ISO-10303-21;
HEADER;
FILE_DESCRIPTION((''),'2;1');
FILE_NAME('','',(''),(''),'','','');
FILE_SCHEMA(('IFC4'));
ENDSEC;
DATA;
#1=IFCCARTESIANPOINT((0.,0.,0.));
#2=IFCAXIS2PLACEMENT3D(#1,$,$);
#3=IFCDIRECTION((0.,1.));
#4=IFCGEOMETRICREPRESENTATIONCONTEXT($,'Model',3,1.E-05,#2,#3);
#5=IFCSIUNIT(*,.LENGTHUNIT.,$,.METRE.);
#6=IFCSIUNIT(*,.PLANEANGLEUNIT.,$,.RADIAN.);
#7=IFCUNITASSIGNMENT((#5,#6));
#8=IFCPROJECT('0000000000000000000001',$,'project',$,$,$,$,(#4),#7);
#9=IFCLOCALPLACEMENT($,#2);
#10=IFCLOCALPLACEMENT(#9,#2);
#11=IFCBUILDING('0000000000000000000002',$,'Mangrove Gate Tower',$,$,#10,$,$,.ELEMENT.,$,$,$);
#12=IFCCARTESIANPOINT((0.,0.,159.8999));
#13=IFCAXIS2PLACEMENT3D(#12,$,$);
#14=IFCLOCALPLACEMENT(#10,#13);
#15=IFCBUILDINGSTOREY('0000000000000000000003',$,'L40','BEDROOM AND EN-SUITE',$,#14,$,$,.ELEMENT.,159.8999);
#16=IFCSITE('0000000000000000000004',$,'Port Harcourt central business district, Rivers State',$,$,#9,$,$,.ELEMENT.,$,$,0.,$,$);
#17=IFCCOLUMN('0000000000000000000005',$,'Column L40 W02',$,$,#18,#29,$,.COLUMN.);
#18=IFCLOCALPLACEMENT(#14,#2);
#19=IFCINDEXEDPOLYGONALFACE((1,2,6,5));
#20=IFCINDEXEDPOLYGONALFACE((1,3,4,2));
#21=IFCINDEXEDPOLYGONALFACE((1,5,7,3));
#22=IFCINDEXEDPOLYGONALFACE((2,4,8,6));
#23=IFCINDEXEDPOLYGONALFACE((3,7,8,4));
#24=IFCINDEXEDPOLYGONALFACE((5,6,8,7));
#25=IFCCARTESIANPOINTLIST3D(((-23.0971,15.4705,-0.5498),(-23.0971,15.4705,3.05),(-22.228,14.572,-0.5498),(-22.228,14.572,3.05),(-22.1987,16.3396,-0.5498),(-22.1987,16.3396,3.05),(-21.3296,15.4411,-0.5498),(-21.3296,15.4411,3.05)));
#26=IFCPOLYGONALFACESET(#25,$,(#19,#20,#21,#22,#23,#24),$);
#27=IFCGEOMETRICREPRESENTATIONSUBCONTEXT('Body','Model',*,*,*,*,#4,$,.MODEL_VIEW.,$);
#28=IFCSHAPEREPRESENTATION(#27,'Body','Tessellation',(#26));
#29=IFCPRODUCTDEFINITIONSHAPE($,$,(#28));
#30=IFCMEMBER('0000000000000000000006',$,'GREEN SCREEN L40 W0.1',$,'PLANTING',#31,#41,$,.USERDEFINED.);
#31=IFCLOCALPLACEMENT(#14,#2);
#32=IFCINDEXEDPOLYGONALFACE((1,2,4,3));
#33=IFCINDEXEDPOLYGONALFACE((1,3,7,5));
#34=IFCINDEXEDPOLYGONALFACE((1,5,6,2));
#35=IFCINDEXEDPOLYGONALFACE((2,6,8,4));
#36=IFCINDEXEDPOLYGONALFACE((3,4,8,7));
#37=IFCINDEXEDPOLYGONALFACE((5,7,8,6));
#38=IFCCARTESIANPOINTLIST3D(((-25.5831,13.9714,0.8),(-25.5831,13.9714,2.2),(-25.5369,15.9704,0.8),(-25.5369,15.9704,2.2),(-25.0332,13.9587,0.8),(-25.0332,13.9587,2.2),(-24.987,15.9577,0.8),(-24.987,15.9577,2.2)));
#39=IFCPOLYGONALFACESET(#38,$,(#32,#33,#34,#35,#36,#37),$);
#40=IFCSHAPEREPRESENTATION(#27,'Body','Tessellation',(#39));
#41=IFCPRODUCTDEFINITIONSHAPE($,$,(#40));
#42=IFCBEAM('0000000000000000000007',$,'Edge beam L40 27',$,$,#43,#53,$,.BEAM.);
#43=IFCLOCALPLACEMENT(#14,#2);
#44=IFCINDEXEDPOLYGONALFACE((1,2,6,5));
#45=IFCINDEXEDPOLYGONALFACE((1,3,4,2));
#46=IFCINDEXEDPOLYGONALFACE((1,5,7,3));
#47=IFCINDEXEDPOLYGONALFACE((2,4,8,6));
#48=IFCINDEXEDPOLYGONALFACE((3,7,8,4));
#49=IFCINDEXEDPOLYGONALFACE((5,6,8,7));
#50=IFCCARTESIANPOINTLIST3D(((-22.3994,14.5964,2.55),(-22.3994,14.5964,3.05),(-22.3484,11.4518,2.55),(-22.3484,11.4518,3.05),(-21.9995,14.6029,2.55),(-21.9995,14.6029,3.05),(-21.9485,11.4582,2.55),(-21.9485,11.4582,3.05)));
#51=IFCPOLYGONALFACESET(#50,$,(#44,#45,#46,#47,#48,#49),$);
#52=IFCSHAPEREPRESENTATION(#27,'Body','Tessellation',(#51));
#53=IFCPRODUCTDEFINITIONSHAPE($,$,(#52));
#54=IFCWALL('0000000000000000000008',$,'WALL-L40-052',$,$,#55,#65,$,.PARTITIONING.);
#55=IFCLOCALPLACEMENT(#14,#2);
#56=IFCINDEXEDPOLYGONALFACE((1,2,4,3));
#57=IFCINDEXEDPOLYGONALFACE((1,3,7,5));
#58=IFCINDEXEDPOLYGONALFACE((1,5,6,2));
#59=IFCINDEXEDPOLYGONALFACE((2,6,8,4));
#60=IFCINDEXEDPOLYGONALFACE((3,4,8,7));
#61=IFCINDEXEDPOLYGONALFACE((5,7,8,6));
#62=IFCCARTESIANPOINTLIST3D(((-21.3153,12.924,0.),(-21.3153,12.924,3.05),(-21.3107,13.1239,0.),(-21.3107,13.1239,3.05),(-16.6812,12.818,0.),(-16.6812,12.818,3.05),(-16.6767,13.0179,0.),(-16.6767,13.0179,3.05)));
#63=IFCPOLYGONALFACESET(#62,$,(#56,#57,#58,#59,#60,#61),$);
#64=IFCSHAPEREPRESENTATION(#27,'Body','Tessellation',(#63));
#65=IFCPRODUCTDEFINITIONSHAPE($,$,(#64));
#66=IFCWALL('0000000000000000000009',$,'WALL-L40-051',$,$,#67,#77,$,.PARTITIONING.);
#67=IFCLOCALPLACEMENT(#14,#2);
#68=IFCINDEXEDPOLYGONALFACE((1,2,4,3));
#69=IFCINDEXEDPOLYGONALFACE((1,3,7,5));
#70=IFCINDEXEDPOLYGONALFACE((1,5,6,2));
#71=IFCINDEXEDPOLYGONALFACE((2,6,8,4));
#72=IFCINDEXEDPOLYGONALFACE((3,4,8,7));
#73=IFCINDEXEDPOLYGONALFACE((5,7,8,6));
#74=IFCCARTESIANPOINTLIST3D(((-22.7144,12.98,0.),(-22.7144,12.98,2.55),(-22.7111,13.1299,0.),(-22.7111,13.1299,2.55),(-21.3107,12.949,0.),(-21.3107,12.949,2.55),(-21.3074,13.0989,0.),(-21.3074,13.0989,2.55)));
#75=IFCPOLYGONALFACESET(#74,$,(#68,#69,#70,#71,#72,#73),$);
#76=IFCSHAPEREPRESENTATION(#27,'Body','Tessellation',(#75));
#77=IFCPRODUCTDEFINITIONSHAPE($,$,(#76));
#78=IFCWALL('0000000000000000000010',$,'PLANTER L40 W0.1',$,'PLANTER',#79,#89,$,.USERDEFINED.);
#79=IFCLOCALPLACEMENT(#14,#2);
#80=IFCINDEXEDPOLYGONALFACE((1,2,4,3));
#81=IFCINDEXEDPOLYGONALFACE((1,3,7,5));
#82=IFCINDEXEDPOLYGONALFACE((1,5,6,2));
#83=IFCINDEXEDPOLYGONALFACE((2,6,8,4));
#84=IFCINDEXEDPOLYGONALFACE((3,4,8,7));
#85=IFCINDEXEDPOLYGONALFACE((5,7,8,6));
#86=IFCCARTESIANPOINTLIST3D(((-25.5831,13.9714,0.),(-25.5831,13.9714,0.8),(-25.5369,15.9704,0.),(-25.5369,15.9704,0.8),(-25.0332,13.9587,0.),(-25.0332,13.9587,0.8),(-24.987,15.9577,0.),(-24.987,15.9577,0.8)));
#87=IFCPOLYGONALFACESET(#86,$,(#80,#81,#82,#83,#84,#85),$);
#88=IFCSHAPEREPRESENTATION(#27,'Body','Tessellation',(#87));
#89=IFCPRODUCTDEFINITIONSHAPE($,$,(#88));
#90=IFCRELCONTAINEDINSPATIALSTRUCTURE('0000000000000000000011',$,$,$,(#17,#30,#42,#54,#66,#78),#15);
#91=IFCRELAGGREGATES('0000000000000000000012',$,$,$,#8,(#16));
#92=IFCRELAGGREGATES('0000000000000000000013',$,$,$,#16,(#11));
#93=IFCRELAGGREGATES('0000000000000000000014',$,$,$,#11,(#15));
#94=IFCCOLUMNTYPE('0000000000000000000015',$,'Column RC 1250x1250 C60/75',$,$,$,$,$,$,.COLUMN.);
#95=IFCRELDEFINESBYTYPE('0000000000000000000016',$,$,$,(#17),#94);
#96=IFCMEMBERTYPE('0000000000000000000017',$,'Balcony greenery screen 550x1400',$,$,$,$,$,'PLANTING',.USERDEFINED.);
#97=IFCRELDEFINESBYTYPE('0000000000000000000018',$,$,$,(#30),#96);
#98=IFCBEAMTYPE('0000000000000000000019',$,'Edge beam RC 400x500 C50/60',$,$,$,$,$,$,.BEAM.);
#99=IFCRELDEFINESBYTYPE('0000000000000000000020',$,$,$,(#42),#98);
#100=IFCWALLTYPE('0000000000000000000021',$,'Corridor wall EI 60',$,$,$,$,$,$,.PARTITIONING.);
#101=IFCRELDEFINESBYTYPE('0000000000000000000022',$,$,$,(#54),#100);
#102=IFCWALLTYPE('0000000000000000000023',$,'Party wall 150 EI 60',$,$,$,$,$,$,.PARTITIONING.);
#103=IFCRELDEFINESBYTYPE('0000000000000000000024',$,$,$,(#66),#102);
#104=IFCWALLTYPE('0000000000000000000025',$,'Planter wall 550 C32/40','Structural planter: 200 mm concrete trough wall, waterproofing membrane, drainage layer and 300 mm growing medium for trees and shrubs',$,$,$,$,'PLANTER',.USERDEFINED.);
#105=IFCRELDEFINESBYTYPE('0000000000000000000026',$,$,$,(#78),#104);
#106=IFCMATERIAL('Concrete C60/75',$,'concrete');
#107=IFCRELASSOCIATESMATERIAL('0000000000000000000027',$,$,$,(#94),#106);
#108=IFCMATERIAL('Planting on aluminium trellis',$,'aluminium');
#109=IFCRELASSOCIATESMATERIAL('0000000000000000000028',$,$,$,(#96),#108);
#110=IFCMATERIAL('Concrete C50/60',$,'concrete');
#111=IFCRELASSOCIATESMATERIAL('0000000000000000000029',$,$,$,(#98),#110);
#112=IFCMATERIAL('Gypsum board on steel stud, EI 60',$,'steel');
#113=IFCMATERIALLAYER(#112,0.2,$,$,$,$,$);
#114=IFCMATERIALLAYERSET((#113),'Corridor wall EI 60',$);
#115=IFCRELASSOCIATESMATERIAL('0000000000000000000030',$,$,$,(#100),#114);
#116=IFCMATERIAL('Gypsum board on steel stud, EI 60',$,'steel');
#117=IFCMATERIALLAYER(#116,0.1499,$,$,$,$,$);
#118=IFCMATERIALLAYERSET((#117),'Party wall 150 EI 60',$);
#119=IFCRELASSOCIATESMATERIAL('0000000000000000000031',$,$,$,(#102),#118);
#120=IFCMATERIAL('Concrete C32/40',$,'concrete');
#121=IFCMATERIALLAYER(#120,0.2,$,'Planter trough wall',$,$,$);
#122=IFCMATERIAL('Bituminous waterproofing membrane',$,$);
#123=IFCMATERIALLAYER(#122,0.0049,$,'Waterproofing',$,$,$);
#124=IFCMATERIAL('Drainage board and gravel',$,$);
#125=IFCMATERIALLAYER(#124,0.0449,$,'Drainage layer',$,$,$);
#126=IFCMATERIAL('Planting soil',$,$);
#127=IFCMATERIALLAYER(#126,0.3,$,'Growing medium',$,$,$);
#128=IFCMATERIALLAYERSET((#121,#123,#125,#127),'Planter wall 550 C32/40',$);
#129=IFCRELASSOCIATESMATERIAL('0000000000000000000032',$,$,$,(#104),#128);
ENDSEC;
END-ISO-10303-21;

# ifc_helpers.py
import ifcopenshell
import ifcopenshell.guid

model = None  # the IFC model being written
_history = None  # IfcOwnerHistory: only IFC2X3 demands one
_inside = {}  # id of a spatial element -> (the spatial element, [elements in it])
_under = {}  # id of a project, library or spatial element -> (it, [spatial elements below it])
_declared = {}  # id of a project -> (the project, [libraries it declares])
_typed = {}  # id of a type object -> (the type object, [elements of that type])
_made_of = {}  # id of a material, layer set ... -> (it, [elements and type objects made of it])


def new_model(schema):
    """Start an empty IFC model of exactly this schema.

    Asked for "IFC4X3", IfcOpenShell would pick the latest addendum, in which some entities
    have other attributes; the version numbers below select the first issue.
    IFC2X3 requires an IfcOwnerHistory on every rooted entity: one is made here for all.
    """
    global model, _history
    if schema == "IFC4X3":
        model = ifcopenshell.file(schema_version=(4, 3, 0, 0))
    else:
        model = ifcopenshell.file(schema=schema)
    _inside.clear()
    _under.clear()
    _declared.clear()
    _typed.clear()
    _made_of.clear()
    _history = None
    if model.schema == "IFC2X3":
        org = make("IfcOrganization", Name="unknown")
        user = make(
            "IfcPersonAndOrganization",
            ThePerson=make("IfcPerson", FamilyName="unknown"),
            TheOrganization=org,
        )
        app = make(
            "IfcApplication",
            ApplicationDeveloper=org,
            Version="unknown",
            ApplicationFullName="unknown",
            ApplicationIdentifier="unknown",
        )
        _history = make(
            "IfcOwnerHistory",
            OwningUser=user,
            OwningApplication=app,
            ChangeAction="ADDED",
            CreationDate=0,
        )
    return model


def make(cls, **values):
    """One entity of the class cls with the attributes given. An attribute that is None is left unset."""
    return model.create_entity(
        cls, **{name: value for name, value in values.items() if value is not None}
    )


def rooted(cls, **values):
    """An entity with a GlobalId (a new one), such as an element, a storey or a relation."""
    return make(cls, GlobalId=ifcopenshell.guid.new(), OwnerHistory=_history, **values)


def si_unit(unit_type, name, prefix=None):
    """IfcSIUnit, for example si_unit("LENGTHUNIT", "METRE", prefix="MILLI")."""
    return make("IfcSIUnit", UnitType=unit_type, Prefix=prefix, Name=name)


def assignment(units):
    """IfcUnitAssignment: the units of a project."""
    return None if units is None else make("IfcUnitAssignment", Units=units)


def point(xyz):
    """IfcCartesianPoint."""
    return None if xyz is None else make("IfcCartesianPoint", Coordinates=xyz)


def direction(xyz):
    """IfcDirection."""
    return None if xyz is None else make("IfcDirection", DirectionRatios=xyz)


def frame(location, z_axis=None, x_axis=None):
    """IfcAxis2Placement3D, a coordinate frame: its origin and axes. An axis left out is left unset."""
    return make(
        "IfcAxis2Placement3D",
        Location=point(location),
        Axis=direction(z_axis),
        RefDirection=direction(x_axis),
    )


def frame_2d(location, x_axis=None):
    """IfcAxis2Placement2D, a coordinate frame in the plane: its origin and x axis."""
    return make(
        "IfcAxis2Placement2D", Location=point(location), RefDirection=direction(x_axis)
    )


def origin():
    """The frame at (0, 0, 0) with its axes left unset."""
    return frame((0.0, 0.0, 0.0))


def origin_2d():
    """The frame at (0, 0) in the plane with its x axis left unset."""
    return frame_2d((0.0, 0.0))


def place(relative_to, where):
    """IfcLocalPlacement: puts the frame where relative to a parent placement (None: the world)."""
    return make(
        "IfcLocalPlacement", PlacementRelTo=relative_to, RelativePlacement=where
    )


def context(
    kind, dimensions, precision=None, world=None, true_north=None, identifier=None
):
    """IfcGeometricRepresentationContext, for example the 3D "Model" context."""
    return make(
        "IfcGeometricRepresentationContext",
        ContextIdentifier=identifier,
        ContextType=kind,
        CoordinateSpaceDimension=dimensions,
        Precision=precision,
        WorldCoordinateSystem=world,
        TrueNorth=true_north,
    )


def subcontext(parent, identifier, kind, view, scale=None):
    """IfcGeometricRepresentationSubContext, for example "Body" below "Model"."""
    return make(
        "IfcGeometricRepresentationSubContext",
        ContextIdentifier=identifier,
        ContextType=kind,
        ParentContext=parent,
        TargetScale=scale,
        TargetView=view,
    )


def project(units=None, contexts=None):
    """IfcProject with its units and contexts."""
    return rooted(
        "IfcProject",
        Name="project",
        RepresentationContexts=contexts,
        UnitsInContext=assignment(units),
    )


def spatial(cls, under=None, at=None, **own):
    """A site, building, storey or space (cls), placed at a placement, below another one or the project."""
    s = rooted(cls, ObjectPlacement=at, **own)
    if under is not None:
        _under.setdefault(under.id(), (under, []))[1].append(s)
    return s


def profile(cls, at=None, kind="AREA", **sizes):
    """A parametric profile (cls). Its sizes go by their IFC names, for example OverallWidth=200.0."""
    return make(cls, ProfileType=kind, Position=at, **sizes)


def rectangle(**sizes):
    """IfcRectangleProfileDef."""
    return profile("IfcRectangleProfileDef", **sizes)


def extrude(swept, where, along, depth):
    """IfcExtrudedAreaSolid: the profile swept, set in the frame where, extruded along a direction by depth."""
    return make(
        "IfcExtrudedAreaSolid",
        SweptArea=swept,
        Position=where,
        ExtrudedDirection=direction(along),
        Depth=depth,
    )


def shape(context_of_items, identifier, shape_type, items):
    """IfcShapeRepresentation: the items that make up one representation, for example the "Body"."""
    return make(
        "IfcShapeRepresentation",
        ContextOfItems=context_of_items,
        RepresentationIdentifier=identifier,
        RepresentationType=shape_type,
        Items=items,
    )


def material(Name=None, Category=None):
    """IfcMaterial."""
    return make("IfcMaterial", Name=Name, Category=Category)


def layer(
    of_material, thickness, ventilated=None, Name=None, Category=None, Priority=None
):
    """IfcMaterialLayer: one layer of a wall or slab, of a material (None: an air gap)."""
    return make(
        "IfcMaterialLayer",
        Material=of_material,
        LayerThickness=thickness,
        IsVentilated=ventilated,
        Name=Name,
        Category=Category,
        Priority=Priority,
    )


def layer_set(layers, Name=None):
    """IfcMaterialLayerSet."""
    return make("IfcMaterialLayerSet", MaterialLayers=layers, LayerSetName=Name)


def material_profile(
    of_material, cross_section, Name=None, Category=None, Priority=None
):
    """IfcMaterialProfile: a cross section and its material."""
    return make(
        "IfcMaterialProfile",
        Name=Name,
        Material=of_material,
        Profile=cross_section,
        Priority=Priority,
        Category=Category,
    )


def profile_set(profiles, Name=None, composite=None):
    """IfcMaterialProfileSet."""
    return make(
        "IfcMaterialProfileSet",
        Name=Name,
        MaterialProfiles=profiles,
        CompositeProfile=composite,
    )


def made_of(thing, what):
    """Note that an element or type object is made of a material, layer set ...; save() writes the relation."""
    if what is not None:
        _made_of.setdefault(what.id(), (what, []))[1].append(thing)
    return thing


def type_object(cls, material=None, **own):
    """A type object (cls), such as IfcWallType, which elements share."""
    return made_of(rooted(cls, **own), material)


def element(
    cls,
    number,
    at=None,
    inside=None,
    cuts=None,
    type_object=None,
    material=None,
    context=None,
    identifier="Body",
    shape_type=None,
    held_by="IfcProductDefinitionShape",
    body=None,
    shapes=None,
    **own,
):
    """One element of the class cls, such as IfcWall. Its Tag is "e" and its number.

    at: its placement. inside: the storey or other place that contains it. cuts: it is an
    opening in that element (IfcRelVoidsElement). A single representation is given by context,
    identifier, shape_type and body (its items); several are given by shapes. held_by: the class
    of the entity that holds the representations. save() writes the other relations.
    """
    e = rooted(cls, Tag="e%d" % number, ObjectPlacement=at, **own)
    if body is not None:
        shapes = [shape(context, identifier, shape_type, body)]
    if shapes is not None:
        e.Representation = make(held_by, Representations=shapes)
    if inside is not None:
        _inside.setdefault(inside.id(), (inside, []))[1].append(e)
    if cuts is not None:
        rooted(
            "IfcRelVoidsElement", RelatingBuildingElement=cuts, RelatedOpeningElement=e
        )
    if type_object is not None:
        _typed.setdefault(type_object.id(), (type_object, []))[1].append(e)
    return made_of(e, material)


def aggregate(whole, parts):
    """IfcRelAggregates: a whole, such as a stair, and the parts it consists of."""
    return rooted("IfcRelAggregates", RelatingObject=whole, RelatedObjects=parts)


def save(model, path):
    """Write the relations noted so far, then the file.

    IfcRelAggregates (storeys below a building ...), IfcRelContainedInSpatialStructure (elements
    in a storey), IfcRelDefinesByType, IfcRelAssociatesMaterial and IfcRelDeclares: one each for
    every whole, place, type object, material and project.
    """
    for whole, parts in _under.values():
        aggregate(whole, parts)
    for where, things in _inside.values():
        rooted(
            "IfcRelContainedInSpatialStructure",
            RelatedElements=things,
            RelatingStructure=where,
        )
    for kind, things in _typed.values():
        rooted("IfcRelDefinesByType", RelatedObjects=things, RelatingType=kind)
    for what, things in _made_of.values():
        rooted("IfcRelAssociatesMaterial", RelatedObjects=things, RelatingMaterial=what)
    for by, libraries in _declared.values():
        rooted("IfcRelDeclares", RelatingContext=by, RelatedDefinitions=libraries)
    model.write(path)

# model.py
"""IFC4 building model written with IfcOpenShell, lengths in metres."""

from ifc_helpers import new_model, si_unit, direction, frame, frame_2d, origin, origin_2d, place, context, subcontext, project, spatial, rectangle, extrude, material, layer, layer_set, material_profile, profile_set, type_object, element, save


model = new_model("IFC4")

# Units and contexts
model_context = context("Model", 3, precision=1e-05, world=origin(), true_north=direction((0.0, 1.0)))
body_context = subcontext(model_context, "Body", "Model", "MODEL_VIEW")
ifc_project = project(units=[si_unit("LENGTHUNIT", "METRE"), si_unit("PLANEANGLEUNIT", "RADIAN")], contexts=[model_context])

# Site, building, storey
site_placement = place(None, origin())
site = spatial("IfcSite", under=ifc_project, at=site_placement, Name="Port Harcourt central business district, Rivers State", CompositionType="ELEMENT", RefElevation=0.0)
building_placement = place(site_placement, origin())
building = spatial("IfcBuilding", under=site, at=building_placement, Name="Mangrove Gate Tower", CompositionType="ELEMENT")
storey_placement = place(building_placement, frame((0.0, 0.0, 159.8999)))
storey = spatial("IfcBuildingStorey", under=building, at=storey_placement, Name="L40", Description="BEDROOM AND EN-SUITE", CompositionType="ELEMENT", Elevation=159.8999)

# Column
ifc_material_1 = material(Name="Concrete C60/75", Category="concrete")
ifc_material_profile_1 = material_profile(ifc_material_1, rectangle(XDim=1.25, YDim=1.25, at=origin_2d()))
ifc_profile_set_1 = profile_set([ifc_material_profile_1], Name="Concrete C60/75")
column_type = type_object("IfcColumnType", Name="Column RC 1250x1250 C60/75", PredefinedType="COLUMN", material=ifc_profile_set_1)
column_placement = place(storey_placement, frame((-22.2134, 15.4558, -0.5498), z_axis=(0.0, 0.0, 1.0), x_axis=(-0.718745, -0.695274, 0.0)))
element("IfcColumn", 1, at=column_placement, inside=storey, type_object=column_type, Name="Column L40 W02", PredefinedType="COLUMN", context=body_context, shape_type="SweptSolid", body=[
    extrude(rectangle(XDim=1.25, YDim=1.25, at=origin_2d()), origin(), (0.0, 0.0, 1.0), 3.5999),
])

# Member
ifc_material_2 = material(Name="Planting on aluminium trellis", Category="aluminium")
ifc_material_profile_2 = material_profile(ifc_material_2, rectangle(XDim=0.55, YDim=1.3999, at=origin_2d()))
ifc_profile_set_2 = profile_set([ifc_material_profile_2], Name="Planting on aluminium trellis")
member_type = type_object("IfcMemberType", Name="Balcony greenery screen 550x1400", ElementType="PLANTING", PredefinedType="USERDEFINED", material=ifc_profile_set_2)
member_placement = place(storey_placement, frame((-25.3081, 13.9651, 1.5), z_axis=(0.023076, 0.999734, 0.0), x_axis=(-0.999734, 0.023076, 0.0)))
element("IfcMember", 2, at=member_placement, inside=storey, type_object=member_type, Name="GREEN SCREEN L40 W0.1", ObjectType="PLANTING", PredefinedType="USERDEFINED", context=body_context, shape_type="SweptSolid", body=[
    extrude(rectangle(XDim=0.55, YDim=1.3999, at=origin_2d()), origin(), (0.0, 0.0, 1.0), 1.9995),
])

# Beam
ifc_material_3 = material(Name="Concrete C50/60", Category="concrete")
ifc_material_profile_3 = material_profile(ifc_material_3, rectangle(XDim=0.3999, YDim=0.5, at=origin_2d()))
ifc_profile_set_3 = profile_set([ifc_material_profile_3], Name="Concrete C50/60")
beam_type = type_object("IfcBeamType", Name="Edge beam RC 400x500 C50/60", PredefinedType="BEAM", material=ifc_profile_set_3)
beam_placement = place(storey_placement, frame((-22.1995, 14.5996, 2.8), z_axis=(0.016225, -0.999868, 0.0), x_axis=(0.999868, 0.016225, 0.0)))
element("IfcBeam", 3, at=beam_placement, inside=storey, type_object=beam_type, Name="Edge beam L40 27", PredefinedType="BEAM", context=body_context, shape_type="SweptSolid", body=[
    extrude(rectangle(XDim=0.3999, YDim=0.5, at=origin_2d()), origin(), (0.0, 0.0, 1.0), 3.145),
])

# Wall
ifc_material_4 = material(Name="Gypsum board on steel stud, EI 60", Category="steel")
ifc_layer_1 = layer(ifc_material_4, 0.2)
ifc_layer_set_1 = layer_set([ifc_layer_1], Name="Corridor wall EI 60")
wall_type_1 = type_object("IfcWallType", Name="Corridor wall EI 60", PredefinedType="PARTITIONING", material=ifc_layer_set_1)
wall_1_placement = place(storey_placement, frame((-21.313, 13.0239, 0.0), z_axis=(0.0, 0.0, 1.0), x_axis=(0.999739, -0.022859, 0.0)))
element("IfcWall", 4, at=wall_1_placement, inside=storey, type_object=wall_type_1, Name="WALL-L40-052", PredefinedType="PARTITIONING", context=body_context, shape_type="SweptSolid", body=[
    extrude(rectangle(XDim=4.6353, YDim=0.2, at=frame_2d((2.3176, 0.0))), origin(), (0.0, 0.0, 1.0), 3.05),
])

# Walls
ifc_material_5 = material(Name="Gypsum board on steel stud, EI 60", Category="steel")
ifc_layer_2 = layer(ifc_material_5, 0.1499)
ifc_layer_set_2 = layer_set([ifc_layer_2], Name="Party wall 150 EI 60")
wall_type_2 = type_object("IfcWallType", Name="Party wall 150 EI 60", PredefinedType="PARTITIONING", material=ifc_layer_set_2)
wall_2_placement = place(storey_placement, frame((-22.7129, 13.0549, 0.0), z_axis=(0.0, 0.0, 1.0), x_axis=(0.999756, -0.022082, 0.0)))
element("IfcWall", 5, at=wall_2_placement, inside=storey, type_object=wall_type_2, Name="WALL-L40-051", PredefinedType="PARTITIONING", context=body_context, shape_type="SweptSolid", body=[
    extrude(rectangle(XDim=1.4041, YDim=0.1499, at=frame_2d((0.7021, 0.0))), origin(), (0.0, 0.0, 1.0), 2.55),
])
ifc_material_6 = material(Name="Concrete C32/40", Category="concrete")
ifc_layer_3 = layer(ifc_material_6, 0.2, Name="Planter trough wall")
ifc_material_7 = material(Name="Bituminous waterproofing membrane")
ifc_layer_4 = layer(ifc_material_7, 0.0049, Name="Waterproofing")
ifc_material_8 = material(Name="Drainage board and gravel")
ifc_layer_5 = layer(ifc_material_8, 0.0449, Name="Drainage layer")
ifc_material_9 = material(Name="Planting soil")
ifc_layer_6 = layer(ifc_material_9, 0.3, Name="Growing medium")
ifc_layer_set_3 = layer_set([ifc_layer_3, ifc_layer_4, ifc_layer_5, ifc_layer_6], Name="Planter wall 550 C32/40")
wall_type_3 = type_object("IfcWallType", Name="Planter wall 550 C32/40", Description="Structural planter: 200 mm concrete trough wall, waterproofing membrane, drainage layer and 300 mm growing medium for trees and shrubs", ElementType="PLANTER", PredefinedType="USERDEFINED", material=ifc_layer_set_3)
wall_3_placement = place(storey_placement, frame((-25.3081, 13.9651, 0.0), z_axis=(0.0, 0.0, 1.0), x_axis=(0.023076, 0.999734, 0.0)))
element("IfcWall", 6, at=wall_3_placement, inside=storey, type_object=wall_type_3, Name="PLANTER L40 W0.1", ObjectType="PLANTER", PredefinedType="USERDEFINED", context=body_context, shape_type="SweptSolid", body=[
    extrude(rectangle(XDim=1.9995, YDim=0.55, at=frame_2d((0.9998, 0.0))), origin(), (0.0, 0.0, 1.0), 0.8),
])

save(model, "model.ifc")
